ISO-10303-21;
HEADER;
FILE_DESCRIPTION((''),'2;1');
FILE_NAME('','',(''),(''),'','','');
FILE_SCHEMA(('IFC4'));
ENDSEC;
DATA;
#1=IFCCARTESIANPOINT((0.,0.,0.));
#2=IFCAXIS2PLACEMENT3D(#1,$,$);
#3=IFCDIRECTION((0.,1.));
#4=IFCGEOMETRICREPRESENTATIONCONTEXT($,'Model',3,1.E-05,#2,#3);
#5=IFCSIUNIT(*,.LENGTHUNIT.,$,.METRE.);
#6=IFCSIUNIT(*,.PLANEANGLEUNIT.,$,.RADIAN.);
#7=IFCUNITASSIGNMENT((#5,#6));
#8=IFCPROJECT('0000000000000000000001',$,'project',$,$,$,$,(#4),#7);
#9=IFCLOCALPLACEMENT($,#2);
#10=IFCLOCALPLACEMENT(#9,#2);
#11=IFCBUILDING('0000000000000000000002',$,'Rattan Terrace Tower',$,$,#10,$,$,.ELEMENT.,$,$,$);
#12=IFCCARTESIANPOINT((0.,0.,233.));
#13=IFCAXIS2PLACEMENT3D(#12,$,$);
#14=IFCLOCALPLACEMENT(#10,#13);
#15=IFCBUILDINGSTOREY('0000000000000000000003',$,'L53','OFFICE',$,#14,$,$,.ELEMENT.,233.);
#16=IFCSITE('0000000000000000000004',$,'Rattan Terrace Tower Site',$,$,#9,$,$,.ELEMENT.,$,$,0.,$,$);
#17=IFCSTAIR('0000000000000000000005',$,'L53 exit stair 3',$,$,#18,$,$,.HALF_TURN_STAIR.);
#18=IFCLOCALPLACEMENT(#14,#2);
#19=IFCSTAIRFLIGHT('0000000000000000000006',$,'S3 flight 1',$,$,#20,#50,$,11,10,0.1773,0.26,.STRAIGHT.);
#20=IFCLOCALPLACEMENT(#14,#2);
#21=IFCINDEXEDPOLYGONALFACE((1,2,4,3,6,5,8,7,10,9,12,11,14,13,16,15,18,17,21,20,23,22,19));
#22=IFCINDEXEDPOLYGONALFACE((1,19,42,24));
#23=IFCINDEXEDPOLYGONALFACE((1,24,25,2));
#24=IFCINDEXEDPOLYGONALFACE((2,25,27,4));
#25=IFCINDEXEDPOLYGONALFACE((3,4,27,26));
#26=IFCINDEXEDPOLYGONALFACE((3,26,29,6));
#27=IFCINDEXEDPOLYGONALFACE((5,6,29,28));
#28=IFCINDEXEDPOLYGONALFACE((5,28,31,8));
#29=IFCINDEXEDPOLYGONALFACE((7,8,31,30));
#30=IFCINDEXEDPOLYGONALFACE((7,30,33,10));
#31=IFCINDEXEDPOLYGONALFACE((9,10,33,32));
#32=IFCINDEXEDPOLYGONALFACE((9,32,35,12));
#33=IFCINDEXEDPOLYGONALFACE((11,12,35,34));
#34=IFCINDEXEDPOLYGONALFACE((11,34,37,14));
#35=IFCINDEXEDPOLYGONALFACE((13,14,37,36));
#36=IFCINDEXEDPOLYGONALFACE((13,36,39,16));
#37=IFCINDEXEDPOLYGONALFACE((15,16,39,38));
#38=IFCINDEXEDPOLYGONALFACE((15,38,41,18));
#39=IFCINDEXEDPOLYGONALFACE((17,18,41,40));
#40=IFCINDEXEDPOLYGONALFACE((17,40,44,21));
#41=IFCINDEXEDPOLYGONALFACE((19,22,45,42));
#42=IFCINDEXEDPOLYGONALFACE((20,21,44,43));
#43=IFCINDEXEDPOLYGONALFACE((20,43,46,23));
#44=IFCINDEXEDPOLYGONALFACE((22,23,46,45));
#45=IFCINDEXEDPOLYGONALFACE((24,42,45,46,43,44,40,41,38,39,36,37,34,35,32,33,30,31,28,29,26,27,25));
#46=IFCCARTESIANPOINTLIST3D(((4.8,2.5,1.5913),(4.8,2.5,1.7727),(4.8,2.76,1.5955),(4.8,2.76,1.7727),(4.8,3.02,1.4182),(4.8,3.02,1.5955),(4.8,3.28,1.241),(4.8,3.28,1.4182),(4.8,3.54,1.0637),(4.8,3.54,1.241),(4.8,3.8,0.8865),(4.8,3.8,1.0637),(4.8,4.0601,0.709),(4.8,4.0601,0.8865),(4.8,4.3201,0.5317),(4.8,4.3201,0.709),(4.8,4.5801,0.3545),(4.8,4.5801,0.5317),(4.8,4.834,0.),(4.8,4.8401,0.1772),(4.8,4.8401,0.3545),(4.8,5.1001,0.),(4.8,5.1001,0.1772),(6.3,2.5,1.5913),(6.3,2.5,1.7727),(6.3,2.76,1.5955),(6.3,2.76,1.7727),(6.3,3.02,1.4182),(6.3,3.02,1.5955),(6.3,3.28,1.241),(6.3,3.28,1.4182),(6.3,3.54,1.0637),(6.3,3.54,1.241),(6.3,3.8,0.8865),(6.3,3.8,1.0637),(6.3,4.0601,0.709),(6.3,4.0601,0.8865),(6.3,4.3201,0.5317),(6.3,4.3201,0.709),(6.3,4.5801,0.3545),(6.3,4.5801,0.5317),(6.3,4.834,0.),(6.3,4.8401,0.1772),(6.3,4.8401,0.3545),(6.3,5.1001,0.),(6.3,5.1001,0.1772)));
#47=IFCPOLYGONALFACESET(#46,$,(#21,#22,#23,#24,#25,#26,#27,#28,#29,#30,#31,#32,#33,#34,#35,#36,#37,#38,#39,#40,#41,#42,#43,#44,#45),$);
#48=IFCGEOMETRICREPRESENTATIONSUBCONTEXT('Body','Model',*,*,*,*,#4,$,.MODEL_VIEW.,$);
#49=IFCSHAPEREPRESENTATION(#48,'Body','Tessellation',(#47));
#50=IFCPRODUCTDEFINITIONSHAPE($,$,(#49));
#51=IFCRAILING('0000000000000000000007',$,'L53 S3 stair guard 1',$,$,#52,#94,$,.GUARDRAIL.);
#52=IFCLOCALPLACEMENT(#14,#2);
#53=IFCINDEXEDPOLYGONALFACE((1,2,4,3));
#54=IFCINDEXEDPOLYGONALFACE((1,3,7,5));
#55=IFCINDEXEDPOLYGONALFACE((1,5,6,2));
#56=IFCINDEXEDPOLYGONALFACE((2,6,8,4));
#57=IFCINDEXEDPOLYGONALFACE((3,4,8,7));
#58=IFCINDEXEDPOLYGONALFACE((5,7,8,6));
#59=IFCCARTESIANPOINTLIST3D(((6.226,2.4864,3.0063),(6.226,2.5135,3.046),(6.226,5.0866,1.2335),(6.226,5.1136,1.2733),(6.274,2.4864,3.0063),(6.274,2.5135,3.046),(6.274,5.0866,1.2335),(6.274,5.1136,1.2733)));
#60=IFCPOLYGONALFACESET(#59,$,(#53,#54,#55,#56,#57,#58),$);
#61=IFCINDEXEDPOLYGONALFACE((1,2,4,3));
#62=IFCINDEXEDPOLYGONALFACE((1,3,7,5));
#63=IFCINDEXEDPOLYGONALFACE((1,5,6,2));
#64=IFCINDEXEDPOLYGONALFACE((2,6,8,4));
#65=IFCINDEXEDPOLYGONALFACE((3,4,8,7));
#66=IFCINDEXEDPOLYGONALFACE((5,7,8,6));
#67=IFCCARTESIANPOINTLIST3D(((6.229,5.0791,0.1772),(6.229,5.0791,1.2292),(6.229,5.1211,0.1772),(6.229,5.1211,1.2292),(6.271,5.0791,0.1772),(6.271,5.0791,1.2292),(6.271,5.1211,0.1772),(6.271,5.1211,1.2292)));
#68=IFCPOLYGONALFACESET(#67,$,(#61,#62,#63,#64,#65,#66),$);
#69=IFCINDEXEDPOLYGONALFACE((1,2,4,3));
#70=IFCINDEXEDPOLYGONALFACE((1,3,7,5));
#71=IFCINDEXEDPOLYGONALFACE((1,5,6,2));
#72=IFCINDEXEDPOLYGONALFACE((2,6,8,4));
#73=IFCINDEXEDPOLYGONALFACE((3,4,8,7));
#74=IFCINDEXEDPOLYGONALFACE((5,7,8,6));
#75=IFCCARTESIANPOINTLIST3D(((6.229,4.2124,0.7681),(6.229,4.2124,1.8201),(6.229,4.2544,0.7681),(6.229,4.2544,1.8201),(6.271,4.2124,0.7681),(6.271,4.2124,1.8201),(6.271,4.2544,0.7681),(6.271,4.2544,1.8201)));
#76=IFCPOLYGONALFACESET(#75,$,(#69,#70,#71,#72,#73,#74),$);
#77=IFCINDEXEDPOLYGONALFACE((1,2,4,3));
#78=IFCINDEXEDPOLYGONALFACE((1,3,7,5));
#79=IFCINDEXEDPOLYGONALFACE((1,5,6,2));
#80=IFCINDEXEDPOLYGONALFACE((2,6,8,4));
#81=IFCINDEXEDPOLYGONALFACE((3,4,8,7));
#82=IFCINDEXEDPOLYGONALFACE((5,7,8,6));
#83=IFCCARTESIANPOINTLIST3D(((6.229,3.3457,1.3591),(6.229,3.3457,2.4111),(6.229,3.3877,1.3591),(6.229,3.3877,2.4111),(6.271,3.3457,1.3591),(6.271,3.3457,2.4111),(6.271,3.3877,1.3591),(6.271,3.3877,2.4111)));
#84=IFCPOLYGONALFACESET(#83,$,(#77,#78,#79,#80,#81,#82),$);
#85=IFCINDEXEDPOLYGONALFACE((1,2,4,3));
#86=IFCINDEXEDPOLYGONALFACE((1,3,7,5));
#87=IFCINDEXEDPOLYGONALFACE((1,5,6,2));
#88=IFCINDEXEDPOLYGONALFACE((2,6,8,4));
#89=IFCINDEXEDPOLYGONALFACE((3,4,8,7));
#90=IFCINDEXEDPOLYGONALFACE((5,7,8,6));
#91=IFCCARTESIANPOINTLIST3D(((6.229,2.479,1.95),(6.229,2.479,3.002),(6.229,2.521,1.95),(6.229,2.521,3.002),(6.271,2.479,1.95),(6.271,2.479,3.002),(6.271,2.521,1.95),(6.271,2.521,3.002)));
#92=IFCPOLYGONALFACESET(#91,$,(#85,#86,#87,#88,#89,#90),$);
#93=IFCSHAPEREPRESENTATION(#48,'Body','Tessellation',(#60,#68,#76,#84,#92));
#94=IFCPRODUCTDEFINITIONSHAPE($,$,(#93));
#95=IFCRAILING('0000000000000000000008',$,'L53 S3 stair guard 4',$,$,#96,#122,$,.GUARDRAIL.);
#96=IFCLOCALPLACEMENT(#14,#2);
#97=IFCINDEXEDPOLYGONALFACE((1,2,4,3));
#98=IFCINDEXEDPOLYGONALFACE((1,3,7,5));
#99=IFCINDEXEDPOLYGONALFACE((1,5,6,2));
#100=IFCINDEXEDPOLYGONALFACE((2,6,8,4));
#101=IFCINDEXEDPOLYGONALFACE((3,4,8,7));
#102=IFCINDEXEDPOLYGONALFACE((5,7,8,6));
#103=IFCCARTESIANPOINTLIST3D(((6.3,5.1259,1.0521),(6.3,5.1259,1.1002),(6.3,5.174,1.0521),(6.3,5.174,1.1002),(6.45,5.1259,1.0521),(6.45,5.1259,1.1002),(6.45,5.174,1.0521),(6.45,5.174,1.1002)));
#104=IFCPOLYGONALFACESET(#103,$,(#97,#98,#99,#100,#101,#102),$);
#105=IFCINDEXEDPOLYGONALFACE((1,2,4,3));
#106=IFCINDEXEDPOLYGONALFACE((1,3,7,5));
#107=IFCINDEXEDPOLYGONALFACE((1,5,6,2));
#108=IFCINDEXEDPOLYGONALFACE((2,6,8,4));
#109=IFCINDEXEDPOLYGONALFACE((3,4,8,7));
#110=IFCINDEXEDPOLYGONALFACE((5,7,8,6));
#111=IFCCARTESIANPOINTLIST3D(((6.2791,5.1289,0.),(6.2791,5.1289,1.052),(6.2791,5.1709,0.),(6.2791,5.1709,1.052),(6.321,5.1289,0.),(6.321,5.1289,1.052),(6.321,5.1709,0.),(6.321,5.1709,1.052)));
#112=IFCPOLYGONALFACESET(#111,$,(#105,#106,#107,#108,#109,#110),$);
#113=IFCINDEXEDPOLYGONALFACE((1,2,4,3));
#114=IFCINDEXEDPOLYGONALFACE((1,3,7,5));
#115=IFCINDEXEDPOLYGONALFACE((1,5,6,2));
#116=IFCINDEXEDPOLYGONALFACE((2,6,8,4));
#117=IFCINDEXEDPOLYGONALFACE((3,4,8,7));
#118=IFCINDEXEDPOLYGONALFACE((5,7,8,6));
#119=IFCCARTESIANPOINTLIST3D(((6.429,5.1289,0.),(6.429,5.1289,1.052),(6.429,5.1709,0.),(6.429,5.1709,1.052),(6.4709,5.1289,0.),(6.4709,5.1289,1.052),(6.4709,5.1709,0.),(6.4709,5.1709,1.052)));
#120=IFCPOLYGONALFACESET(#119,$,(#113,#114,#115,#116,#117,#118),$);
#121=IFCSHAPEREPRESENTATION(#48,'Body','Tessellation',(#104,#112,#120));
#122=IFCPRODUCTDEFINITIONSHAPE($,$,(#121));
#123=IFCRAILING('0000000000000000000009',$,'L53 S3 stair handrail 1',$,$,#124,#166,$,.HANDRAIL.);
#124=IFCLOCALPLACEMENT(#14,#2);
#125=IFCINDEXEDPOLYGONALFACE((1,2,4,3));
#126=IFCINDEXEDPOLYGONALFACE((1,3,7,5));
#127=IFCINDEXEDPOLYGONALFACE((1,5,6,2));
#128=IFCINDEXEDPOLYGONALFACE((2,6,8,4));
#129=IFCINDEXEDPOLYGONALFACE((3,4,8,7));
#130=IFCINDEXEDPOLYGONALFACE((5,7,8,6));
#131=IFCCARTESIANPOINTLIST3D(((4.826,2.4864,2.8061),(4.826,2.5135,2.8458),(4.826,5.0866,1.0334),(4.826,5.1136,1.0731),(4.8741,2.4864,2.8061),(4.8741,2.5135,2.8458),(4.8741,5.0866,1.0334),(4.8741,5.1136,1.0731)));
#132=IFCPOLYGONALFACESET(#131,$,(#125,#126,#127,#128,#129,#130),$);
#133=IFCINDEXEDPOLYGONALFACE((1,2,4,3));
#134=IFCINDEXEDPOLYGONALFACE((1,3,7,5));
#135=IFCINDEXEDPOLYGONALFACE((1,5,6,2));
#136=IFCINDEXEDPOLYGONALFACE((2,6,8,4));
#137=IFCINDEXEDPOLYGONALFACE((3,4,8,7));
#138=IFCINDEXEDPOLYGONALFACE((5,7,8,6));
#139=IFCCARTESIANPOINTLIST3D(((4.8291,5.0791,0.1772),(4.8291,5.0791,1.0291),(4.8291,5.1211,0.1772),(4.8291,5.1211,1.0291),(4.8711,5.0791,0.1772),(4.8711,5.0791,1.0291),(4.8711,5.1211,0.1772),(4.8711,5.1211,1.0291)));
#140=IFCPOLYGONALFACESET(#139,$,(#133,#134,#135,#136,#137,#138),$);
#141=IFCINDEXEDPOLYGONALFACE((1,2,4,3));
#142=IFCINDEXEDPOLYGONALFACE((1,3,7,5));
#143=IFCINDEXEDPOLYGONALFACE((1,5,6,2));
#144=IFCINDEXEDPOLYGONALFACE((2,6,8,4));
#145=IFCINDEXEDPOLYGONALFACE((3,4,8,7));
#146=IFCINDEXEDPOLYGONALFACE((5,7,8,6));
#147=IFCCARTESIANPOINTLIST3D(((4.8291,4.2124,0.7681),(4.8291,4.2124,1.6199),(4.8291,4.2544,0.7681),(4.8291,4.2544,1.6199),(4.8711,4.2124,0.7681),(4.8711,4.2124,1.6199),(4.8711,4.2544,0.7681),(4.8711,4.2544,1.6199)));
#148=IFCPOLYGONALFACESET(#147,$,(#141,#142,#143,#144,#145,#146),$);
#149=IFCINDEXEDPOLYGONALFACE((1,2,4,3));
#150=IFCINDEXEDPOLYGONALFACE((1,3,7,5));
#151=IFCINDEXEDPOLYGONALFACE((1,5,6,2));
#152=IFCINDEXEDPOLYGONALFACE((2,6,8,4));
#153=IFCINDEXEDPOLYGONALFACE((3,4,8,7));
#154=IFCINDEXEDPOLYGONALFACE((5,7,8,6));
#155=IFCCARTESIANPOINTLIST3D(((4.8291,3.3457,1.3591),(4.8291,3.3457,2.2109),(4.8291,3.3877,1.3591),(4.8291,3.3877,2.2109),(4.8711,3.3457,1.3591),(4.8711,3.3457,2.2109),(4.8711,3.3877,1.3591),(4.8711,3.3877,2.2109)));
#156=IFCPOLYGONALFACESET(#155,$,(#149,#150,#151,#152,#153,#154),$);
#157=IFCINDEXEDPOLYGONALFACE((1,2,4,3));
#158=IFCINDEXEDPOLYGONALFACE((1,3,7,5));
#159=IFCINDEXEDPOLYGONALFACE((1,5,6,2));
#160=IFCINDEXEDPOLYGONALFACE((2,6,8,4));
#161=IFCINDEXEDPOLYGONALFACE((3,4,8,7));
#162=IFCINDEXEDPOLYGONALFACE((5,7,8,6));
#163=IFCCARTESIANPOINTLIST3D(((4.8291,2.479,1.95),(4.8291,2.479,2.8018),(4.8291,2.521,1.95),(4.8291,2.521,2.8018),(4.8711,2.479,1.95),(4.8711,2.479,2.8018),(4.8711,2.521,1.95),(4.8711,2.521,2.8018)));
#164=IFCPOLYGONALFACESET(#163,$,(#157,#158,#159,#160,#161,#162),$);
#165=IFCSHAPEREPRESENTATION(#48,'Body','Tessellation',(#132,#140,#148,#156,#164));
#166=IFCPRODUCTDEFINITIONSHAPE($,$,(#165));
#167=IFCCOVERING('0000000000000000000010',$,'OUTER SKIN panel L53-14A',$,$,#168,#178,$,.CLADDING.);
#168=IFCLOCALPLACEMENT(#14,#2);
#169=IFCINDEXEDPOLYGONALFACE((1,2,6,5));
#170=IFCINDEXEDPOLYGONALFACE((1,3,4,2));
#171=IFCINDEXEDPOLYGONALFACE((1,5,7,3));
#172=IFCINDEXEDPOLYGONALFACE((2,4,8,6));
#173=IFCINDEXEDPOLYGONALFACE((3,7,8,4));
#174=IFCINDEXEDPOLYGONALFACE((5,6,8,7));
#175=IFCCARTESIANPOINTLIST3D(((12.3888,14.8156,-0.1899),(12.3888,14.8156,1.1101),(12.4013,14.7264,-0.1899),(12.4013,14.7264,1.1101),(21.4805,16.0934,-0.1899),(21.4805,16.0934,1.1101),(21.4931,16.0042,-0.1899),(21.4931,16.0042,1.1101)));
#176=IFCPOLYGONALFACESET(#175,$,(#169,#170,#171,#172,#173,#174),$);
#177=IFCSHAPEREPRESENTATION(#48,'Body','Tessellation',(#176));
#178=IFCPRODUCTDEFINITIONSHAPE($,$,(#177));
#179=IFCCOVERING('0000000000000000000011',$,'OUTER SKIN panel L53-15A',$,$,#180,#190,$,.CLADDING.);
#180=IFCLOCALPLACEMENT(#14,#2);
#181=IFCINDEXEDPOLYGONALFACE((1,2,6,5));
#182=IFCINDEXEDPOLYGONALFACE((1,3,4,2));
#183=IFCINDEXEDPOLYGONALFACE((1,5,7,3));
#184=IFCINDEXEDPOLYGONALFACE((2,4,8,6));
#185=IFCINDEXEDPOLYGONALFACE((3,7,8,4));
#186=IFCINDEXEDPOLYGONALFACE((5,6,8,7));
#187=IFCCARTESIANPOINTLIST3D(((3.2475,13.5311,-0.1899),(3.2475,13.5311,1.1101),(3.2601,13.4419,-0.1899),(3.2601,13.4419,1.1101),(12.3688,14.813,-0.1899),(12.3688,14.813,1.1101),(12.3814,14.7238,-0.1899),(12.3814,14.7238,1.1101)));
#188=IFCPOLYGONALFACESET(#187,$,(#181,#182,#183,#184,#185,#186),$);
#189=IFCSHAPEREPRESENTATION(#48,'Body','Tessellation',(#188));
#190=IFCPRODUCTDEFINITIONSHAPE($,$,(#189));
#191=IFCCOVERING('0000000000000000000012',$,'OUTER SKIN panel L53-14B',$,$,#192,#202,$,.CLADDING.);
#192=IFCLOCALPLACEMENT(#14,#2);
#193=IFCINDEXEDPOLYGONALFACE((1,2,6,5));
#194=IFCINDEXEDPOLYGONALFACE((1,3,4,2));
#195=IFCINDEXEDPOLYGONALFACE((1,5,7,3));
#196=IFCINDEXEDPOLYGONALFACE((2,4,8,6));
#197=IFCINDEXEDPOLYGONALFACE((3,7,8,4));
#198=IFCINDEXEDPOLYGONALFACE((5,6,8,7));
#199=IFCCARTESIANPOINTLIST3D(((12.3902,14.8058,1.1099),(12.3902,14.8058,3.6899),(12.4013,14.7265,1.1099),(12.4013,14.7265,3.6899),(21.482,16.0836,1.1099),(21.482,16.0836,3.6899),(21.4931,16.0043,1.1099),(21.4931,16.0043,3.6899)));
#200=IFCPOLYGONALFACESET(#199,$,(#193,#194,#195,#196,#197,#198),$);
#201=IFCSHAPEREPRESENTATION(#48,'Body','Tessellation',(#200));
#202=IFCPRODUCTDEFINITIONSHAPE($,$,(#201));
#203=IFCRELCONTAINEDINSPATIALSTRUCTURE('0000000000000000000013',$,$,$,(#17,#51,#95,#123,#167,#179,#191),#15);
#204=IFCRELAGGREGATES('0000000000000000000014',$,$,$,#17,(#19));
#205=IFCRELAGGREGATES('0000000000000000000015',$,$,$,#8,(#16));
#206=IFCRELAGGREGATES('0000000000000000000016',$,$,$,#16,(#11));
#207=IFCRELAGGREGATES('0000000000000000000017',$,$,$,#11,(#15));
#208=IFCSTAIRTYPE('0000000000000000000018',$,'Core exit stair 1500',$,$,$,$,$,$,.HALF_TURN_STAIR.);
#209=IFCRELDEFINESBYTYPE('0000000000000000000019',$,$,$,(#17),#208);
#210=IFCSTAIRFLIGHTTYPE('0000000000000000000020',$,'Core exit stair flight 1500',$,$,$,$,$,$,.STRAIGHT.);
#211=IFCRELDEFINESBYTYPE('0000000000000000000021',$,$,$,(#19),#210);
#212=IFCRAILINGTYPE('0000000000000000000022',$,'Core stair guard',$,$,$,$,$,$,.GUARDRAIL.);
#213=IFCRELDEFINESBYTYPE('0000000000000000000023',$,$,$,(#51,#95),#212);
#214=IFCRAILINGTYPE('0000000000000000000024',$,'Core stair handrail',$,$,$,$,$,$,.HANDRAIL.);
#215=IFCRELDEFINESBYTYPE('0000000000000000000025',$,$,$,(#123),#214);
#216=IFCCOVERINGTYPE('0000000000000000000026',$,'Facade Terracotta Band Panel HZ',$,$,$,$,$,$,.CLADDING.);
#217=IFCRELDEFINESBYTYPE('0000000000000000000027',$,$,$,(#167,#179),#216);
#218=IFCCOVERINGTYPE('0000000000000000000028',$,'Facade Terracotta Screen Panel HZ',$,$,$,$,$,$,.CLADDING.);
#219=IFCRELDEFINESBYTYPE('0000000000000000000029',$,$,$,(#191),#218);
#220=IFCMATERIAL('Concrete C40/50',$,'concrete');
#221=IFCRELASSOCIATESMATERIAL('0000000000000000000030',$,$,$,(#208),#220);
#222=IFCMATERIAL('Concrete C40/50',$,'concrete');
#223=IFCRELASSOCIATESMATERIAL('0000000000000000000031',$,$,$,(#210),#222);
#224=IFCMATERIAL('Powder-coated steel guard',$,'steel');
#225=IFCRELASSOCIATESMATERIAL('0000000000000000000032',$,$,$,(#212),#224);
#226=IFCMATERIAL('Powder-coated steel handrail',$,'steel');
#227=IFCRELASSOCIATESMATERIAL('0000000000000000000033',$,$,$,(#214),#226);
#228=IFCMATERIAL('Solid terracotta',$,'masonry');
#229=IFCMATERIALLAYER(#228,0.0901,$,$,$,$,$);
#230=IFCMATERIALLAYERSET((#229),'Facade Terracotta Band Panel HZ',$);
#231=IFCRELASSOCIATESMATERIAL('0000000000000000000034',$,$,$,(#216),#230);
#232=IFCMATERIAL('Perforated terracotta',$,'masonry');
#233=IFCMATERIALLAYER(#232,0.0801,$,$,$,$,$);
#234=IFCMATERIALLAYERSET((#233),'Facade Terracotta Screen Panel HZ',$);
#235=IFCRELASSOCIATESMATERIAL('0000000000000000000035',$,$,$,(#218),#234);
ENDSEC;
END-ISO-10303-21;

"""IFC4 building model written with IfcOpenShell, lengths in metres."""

from ifc_helpers import new_model, si_unit, direction, frame, origin, origin_2d, place, context, subcontext, project, spatial, polyline, rectangle, outline, extrude, material, layer, layer_set, type_object, element, aggregate, save


model = new_model("IFC4")

# Units and contexts
model_context = context("Model", 3, precision=1e-05, world=origin(), true_north=direction((0.0, 1.0)))
body_context = subcontext(model_context, "Body", "Model", "MODEL_VIEW")
ifc_project = project(units=[si_unit("LENGTHUNIT", "METRE"), si_unit("PLANEANGLEUNIT", "RADIAN")], contexts=[model_context])

# Site, building, storey
site_placement = place(None, origin())
site = spatial("IfcSite", under=ifc_project, at=site_placement, Name="Rattan Terrace Tower Site", CompositionType="ELEMENT", RefElevation=0.0)
building_placement = place(site_placement, origin())
building = spatial("IfcBuilding", under=site, at=building_placement, Name="Rattan Terrace Tower", CompositionType="ELEMENT")
storey_placement = place(building_placement, frame((0.0, 0.0, 233.0)))
storey = spatial("IfcBuildingStorey", under=building, at=storey_placement, Name="L53", Description="OFFICE", CompositionType="ELEMENT", Elevation=233.0)

# Stair, stair flight
ifc_material_1 = material(Name="Concrete C40/50", Category="concrete")
stair_type = type_object("IfcStairType", Name="Core exit stair 1500", PredefinedType="HALF_TURN_STAIR", material=ifc_material_1)
stair_placement = place(storey_placement, origin())
stair = element("IfcStair", 1, at=stair_placement, inside=storey, type_object=stair_type, Name="L53 exit stair 3", PredefinedType="HALF_TURN_STAIR")
ifc_material_2 = material(Name="Concrete C40/50", Category="concrete")
stair_flight_type = type_object("IfcStairFlightType", Name="Core exit stair flight 1500", PredefinedType="STRAIGHT", material=ifc_material_2)
stair_flight_placement = place(storey_placement, frame((5.55, 5.1001, 0.0), z_axis=(0.0, 0.0, 1.0), x_axis=(0.0, -1.0, 0.0)))
stair_flight = element("IfcStairFlight", 2, at=stair_flight_placement, type_object=stair_flight_type, Name="S3 flight 1", NumberOfRisers=11, NumberOfTreads=10, PredefinedType="STRAIGHT", RiserHeight=0.1773, TreadLength=0.26, context=body_context, shape_type="SweptSolid", body=[
    extrude(outline(polyline([(0.0, 0.0), (0.0, 0.1772), (0.26, 0.1772), (0.26, 0.3545), (0.52, 0.3545), (0.52, 0.5317), (0.78, 0.5317), (0.78, 0.709), (1.04, 0.709), (1.04, 0.8865), (1.3, 0.8865), (1.3, 1.0637), (1.5601, 1.0637), (1.5601, 1.241), (1.8201, 1.241), (1.8201, 1.4182), (2.0801, 1.4182), (2.0801, 1.5955), (2.3401, 1.5955), (2.3401, 1.7727), (2.6001, 1.7727), (2.6001, 1.95), (2.6001, 1.5913), (0.2661, 0.0), (0.0, 0.0)])), frame((0.0, 0.75, 0.0), z_axis=(0.0, -1.0, 0.0), x_axis=(1.0, 0.0, 0.0)), (0.0, 0.0, 1.0), 1.5),
])
aggregate(stair, [stair_flight])

# Railings
ifc_material_3 = material(Name="Powder-coated steel guard", Category="steel")
railing_type_1 = type_object("IfcRailingType", Name="Core stair guard", PredefinedType="GUARDRAIL", material=ifc_material_3)
railing_1_placement = place(storey_placement, frame((6.25, 5.1001, 0.1772)))
element("IfcRailing", 3, at=railing_1_placement, inside=storey, type_object=railing_type_1, Name="L53 S3 stair guard 1", PredefinedType="GUARDRAIL", context=body_context, shape_type="SweptSolid", body=[
    extrude(rectangle(XDim=0.0481, YDim=0.0481, at=origin_2d()), frame((0.0, 0.0, 1.0762), z_axis=(0.0, -0.82624, 0.563318), x_axis=(1.0, 0.0, 0.0)), (0.0, 0.0, 1.0), 3.147),
    extrude(rectangle(XDim=0.042, YDim=0.042, at=origin_2d()), origin(), (0.0, 0.0, 1.0), 1.052),
    extrude(rectangle(XDim=0.042, YDim=0.042, at=origin_2d()), frame((0.0, -0.8667, 0.5908)), (0.0, 0.0, 1.0), 1.052),
    extrude(rectangle(XDim=0.042, YDim=0.042, at=origin_2d()), frame((0.0, -1.7334, 1.1819)), (0.0, 0.0, 1.0), 1.052),
    extrude(rectangle(XDim=0.042, YDim=0.042, at=origin_2d()), frame((0.0, -2.6001, 1.7727)), (0.0, 0.0, 1.0), 1.052),
])
railing_2_placement = place(storey_placement, frame((6.3, 5.1499, 0.0)))
element("IfcRailing", 4, at=railing_2_placement, inside=storey, type_object=railing_type_1, Name="L53 S3 stair guard 4", PredefinedType="GUARDRAIL", context=body_context, shape_type="SweptSolid", body=[
    extrude(rectangle(XDim=0.0481, YDim=0.0481, at=origin_2d()), frame((0.0, 0.0, 1.0762), z_axis=(1.0, 0.0, 0.0), x_axis=(0.0, 1.0, 0.0)), (0.0, 0.0, 1.0), 0.1499),
    extrude(rectangle(XDim=0.042, YDim=0.042, at=origin_2d()), origin(), (0.0, 0.0, 1.0), 1.052),
    extrude(rectangle(XDim=0.042, YDim=0.042, at=origin_2d()), frame((0.1499, 0.0, 0.0)), (0.0, 0.0, 1.0), 1.052),
])
ifc_material_4 = material(Name="Powder-coated steel handrail", Category="steel")
railing_type_2 = type_object("IfcRailingType", Name="Core stair handrail", PredefinedType="HANDRAIL", material=ifc_material_4)
railing_3_placement = place(storey_placement, frame((4.8501, 5.1001, 0.1772)))
element("IfcRailing", 5, at=railing_3_placement, inside=storey, type_object=railing_type_2, Name="L53 S3 stair handrail 1", PredefinedType="HANDRAIL", context=body_context, shape_type="SweptSolid", body=[
    extrude(rectangle(XDim=0.0481, YDim=0.0481, at=origin_2d()), frame((0.0, 0.0, 0.876), z_axis=(0.0, -0.82624, 0.563318), x_axis=(1.0, 0.0, 0.0)), (0.0, 0.0, 1.0), 3.147),
    extrude(rectangle(XDim=0.042, YDim=0.042, at=origin_2d()), origin(), (0.0, 0.0, 1.0), 0.8518),
    extrude(rectangle(XDim=0.042, YDim=0.042, at=origin_2d()), frame((0.0, -0.8667, 0.5908)), (0.0, 0.0, 1.0), 0.8518),
    extrude(rectangle(XDim=0.042, YDim=0.042, at=origin_2d()), frame((0.0, -1.7334, 1.1819)), (0.0, 0.0, 1.0), 0.8518),
    extrude(rectangle(XDim=0.042, YDim=0.042, at=origin_2d()), frame((0.0, -2.6001, 1.7727)), (0.0, 0.0, 1.0), 0.8518),
])

# Coverings
ifc_material_5 = material(Name="Solid terracotta", Category="masonry")
ifc_layer_1 = layer(ifc_material_5, 0.0901)
ifc_layer_set_1 = layer_set([ifc_layer_1], Name="Facade Terracotta Band Panel HZ")
covering_type_1 = type_object("IfcCoveringType", Name="Facade Terracotta Band Panel HZ", PredefinedType="CLADDING", material=ifc_layer_set_1)
covering_1_placement = place(storey_placement, frame((16.9409, 15.4099, -0.1899), z_axis=(0.0, 0.0, 1.0), x_axis=(-0.990267, -0.139177, 0.0)))
element("IfcCovering", 6, at=covering_1_placement, inside=storey, type_object=covering_type_1, Name="OUTER SKIN panel L53-14A", PredefinedType="CLADDING", context=body_context, shape_type="SweptSolid", body=[
    extrude(rectangle(XDim=9.1812, YDim=0.0901, at=origin_2d()), origin(), (0.0, 0.0, 1.0), 1.3),
])
covering_2_placement = place(storey_placement, frame((7.8145, 14.1274, -0.1899), z_axis=(0.0, 0.0, 1.0), x_axis=(-0.990267, -0.139177, 0.0)))
element("IfcCovering", 7, at=covering_2_placement, inside=storey, type_object=covering_type_1, Name="OUTER SKIN panel L53-15A", PredefinedType="CLADDING", context=body_context, shape_type="SweptSolid", body=[
    extrude(rectangle(XDim=9.2109, YDim=0.0901, at=origin_2d()), origin(), (0.0, 0.0, 1.0), 1.3),
])
ifc_material_6 = material(Name="Perforated terracotta", Category="masonry")
ifc_layer_2 = layer(ifc_material_6, 0.0801)
ifc_layer_set_2 = layer_set([ifc_layer_2], Name="Facade Terracotta Screen Panel HZ")
covering_type_2 = type_object("IfcCoveringType", Name="Facade Terracotta Screen Panel HZ", PredefinedType="CLADDING", material=ifc_layer_set_2)
covering_3_placement = place(storey_placement, frame((16.9417, 15.405, 1.1099), z_axis=(0.0, 0.0, 1.0), x_axis=(-0.990267, -0.139177, 0.0)))
element("IfcCovering", 8, at=covering_3_placement, inside=storey, type_object=covering_type_2, Name="OUTER SKIN panel L53-14B", PredefinedType="CLADDING", context=body_context, shape_type="SweptSolid", body=[
    extrude(rectangle(XDim=9.1812, YDim=0.0801, at=origin_2d()), origin(), (0.0, 0.0, 1.0), 2.5801),
])

save(model, "model.ifc")
